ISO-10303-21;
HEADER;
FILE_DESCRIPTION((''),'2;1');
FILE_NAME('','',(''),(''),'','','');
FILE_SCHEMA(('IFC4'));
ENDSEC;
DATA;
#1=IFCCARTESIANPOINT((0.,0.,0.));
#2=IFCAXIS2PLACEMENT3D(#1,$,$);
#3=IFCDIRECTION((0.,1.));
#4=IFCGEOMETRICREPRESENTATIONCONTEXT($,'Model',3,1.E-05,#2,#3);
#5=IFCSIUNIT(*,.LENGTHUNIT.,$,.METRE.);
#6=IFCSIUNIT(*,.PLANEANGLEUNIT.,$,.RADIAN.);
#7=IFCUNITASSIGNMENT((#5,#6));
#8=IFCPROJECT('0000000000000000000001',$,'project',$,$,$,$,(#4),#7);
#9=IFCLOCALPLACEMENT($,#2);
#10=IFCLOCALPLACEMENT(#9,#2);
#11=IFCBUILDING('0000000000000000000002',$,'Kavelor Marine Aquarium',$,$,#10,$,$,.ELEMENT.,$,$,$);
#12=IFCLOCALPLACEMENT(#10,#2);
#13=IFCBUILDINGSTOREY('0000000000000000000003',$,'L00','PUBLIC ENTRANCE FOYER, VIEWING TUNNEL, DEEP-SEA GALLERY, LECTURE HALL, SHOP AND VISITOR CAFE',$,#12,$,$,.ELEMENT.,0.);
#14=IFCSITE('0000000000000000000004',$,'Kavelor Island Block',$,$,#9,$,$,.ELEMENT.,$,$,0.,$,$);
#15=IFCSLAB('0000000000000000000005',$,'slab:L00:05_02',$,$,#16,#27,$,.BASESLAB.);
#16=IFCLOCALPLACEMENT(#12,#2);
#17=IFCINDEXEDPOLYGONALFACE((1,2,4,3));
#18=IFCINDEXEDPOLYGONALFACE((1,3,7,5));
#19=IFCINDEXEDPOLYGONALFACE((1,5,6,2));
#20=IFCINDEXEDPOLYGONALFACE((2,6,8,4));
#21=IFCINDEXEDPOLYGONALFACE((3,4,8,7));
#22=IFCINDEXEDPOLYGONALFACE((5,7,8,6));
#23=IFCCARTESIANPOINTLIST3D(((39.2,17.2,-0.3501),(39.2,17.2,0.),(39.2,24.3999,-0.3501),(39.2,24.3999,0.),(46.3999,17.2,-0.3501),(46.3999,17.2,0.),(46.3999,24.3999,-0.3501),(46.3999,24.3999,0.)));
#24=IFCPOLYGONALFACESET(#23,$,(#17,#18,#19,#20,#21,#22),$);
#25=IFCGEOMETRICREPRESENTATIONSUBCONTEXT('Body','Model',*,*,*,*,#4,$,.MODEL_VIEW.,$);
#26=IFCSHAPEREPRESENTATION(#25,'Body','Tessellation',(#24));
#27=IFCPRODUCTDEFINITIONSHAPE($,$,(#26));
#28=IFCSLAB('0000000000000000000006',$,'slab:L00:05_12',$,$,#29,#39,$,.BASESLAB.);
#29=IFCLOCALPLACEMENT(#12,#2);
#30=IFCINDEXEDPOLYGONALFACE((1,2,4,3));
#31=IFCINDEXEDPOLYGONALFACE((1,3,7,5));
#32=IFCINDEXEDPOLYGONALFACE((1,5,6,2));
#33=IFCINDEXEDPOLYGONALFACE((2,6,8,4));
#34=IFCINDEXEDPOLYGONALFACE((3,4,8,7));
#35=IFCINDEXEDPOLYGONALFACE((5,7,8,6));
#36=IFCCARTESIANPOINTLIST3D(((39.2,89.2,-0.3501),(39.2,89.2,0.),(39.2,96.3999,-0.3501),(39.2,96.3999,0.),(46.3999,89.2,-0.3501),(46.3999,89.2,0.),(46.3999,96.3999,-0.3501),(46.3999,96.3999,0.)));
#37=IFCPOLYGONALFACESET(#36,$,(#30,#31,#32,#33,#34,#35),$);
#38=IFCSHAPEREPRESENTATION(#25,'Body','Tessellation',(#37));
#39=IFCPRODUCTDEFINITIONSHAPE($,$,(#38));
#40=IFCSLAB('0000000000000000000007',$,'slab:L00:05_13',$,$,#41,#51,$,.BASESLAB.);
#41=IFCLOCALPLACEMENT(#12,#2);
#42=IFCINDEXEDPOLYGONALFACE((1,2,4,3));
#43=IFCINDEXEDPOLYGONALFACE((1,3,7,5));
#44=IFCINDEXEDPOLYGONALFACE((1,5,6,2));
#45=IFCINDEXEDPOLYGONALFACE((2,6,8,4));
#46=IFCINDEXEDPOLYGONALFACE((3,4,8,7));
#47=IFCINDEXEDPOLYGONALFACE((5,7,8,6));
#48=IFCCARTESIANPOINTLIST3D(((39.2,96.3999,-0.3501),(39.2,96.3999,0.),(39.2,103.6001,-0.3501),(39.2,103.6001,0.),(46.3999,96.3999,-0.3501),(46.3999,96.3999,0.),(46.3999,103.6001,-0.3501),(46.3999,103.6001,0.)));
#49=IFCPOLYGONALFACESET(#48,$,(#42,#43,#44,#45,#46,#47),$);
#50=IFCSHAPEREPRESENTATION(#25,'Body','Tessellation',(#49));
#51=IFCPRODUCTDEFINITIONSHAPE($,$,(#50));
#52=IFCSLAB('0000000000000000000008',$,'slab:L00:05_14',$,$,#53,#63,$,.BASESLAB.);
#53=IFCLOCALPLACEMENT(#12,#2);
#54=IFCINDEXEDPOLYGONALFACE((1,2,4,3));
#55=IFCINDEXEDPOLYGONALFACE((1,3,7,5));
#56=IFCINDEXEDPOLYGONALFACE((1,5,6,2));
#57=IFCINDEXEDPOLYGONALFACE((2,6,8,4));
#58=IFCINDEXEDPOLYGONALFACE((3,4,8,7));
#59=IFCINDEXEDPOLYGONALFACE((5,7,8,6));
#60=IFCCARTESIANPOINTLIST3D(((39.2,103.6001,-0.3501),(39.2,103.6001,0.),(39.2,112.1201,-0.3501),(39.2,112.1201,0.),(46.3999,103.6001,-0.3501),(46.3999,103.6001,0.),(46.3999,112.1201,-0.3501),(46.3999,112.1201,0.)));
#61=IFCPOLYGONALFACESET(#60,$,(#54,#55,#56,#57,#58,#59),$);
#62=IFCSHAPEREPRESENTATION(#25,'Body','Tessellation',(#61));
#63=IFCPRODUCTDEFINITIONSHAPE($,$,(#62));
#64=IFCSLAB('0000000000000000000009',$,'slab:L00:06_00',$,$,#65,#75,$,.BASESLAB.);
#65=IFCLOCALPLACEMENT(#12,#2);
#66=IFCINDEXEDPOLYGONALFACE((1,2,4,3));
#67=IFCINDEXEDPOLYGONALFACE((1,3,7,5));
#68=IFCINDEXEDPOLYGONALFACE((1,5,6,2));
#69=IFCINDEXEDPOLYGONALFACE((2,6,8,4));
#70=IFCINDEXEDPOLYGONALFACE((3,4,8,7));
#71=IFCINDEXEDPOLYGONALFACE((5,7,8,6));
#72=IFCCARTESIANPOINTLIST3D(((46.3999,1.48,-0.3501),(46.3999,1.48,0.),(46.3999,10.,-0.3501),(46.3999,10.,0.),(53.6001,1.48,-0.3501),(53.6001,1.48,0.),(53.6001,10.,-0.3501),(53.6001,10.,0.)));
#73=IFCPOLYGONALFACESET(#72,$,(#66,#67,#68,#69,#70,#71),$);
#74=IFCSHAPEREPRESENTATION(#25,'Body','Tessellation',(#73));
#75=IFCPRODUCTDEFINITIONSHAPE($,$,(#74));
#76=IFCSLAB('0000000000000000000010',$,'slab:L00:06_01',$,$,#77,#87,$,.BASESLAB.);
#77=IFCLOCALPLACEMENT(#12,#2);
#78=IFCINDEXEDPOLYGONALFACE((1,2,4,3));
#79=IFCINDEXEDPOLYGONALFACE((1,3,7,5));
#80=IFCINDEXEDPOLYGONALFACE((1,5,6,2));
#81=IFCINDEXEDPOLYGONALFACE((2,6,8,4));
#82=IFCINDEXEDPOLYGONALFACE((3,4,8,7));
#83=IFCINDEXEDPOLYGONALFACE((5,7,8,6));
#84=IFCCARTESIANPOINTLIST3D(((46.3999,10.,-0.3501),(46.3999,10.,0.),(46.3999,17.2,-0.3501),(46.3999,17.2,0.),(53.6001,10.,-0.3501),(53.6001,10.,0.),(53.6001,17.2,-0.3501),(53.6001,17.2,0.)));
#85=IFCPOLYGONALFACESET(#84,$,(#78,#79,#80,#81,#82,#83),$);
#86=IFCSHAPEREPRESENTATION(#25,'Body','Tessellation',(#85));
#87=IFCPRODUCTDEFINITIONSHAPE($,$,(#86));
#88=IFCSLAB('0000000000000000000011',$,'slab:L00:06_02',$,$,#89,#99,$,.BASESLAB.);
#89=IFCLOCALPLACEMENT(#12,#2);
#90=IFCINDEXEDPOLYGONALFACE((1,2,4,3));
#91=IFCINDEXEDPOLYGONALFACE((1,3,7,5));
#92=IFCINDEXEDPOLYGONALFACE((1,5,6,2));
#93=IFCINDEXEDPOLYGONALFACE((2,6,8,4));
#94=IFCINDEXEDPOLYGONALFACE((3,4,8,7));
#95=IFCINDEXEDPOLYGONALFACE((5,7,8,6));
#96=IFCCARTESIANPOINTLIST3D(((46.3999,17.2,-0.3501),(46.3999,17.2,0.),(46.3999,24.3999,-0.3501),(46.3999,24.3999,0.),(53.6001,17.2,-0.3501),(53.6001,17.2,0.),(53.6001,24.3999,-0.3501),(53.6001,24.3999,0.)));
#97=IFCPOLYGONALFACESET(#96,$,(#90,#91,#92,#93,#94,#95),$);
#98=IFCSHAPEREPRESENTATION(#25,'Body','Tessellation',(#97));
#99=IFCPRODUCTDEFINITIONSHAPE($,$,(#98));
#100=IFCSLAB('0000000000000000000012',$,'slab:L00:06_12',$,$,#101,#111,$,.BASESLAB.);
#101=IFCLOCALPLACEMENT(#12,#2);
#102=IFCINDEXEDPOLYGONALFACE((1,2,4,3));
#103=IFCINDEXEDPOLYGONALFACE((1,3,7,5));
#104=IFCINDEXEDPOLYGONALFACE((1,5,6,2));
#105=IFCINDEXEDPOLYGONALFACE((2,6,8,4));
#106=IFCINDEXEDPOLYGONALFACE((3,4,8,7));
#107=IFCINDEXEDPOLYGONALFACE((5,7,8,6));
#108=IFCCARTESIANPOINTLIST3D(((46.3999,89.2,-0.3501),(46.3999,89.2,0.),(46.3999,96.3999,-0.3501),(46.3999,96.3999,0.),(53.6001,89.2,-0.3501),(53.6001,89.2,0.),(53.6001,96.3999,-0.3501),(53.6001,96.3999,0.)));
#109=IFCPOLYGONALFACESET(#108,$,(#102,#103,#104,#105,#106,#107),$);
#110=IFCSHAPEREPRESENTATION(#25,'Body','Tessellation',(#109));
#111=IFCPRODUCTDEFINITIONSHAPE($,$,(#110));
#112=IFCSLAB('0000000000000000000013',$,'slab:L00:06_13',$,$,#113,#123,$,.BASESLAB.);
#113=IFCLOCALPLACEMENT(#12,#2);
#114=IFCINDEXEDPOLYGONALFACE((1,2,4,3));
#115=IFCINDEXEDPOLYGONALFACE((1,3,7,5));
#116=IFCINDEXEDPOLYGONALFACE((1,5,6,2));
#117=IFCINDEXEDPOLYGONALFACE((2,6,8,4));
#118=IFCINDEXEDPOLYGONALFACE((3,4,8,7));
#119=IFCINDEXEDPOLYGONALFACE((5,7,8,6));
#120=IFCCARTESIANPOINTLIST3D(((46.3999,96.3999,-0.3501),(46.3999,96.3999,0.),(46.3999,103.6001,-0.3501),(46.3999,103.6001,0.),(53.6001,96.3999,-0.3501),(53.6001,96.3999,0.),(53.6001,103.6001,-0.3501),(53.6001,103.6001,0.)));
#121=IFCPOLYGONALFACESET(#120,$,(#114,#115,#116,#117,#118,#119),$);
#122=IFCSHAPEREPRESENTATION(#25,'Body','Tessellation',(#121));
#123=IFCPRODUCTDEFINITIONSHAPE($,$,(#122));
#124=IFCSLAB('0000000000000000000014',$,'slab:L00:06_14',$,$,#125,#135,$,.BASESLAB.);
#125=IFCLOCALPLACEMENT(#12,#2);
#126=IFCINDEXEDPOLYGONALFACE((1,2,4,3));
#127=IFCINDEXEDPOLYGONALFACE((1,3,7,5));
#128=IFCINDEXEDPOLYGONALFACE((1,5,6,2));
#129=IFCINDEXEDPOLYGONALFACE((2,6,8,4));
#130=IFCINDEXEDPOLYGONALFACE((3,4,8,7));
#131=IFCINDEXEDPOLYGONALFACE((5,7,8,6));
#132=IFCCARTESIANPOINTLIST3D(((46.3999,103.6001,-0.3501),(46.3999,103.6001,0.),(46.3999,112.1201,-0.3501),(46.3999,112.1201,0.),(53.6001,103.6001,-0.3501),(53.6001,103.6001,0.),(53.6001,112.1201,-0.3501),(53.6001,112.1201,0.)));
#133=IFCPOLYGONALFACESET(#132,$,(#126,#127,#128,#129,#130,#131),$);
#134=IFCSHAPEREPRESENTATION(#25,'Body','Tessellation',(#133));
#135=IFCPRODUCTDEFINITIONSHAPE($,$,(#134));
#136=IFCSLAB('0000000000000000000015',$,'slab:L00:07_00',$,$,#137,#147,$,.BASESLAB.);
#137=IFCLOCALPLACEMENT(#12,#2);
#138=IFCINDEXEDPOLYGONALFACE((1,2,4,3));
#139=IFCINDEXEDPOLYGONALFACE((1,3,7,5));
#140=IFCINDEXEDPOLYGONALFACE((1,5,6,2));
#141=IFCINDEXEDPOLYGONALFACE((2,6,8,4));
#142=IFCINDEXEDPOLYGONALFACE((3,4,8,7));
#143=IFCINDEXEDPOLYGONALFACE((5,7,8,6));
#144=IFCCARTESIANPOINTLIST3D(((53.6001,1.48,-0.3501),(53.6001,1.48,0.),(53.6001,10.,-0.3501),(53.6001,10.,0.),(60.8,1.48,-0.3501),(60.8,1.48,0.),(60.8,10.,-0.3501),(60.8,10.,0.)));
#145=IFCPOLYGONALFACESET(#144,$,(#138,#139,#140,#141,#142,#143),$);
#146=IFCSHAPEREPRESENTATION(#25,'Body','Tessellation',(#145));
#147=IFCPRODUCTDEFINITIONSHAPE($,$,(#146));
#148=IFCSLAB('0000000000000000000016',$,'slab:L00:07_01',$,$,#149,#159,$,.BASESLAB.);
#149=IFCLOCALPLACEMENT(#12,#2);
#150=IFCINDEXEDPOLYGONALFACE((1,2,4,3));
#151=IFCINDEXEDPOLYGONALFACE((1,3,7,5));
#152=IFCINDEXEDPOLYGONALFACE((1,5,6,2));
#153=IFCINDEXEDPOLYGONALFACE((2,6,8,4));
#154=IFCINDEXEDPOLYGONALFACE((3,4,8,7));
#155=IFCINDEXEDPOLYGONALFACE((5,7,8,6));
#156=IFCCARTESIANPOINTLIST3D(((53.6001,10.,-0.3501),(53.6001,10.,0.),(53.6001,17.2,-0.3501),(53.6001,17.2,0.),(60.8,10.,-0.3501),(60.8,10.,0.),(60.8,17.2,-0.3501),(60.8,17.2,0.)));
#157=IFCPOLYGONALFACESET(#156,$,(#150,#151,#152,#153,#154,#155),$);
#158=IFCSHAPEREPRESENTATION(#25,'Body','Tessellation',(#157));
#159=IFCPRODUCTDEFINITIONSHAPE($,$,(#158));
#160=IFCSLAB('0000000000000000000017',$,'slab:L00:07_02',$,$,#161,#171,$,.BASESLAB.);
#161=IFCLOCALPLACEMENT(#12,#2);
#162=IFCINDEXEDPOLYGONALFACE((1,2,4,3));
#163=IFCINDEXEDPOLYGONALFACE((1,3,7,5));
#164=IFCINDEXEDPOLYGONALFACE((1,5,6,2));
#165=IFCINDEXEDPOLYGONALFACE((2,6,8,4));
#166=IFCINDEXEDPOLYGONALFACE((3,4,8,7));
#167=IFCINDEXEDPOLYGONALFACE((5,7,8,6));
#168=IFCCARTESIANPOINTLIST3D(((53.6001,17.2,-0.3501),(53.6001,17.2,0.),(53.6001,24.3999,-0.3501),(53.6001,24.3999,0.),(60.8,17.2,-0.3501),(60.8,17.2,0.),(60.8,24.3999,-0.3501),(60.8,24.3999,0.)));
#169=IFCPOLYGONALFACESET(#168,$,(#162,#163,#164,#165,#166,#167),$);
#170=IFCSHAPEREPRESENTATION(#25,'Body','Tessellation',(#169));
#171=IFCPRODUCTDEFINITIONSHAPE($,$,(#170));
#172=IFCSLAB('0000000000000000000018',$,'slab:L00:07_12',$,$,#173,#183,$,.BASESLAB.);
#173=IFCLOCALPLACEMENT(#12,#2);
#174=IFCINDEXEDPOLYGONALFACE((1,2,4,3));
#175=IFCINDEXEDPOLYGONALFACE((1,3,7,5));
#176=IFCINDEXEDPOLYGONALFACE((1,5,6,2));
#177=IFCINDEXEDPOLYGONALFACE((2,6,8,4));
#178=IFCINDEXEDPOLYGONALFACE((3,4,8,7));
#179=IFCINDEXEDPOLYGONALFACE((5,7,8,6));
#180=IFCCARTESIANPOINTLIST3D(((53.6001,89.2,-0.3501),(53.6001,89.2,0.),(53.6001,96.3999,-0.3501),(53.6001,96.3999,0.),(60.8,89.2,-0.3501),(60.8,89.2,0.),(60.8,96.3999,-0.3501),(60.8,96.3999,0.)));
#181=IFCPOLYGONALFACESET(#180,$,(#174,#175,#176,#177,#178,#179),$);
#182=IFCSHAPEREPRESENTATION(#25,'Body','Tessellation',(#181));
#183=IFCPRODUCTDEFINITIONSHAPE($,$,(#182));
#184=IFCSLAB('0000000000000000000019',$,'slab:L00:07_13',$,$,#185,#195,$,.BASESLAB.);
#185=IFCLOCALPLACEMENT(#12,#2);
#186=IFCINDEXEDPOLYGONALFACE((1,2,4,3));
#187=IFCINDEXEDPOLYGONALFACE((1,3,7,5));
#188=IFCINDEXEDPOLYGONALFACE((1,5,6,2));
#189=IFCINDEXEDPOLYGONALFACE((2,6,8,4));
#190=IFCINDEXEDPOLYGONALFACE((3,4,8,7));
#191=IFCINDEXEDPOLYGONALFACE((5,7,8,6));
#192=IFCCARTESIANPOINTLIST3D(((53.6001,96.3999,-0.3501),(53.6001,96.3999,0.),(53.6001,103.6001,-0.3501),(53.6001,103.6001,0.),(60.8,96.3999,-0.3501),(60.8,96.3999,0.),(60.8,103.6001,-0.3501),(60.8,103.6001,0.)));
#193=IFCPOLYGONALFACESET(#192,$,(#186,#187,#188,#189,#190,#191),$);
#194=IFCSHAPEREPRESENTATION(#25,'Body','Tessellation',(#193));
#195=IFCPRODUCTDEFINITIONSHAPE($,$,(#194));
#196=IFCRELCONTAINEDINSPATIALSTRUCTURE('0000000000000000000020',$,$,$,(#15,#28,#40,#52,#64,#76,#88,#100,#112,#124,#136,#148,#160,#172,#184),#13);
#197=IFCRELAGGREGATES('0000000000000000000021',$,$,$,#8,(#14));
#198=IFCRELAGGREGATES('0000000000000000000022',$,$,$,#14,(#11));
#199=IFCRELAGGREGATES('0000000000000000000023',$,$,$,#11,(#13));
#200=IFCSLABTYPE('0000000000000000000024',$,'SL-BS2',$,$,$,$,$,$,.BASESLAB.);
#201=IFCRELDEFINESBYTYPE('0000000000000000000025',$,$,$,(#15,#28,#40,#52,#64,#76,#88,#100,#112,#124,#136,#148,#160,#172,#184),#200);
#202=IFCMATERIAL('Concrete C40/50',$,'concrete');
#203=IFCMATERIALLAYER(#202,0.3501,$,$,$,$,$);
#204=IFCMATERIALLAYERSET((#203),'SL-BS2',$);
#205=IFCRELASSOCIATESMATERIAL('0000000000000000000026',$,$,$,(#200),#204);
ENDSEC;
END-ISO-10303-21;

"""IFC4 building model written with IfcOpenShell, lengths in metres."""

from ifc_helpers import new_model, si_unit, direction, frame, origin, place, context, subcontext, project, spatial, polyline, outline, extrude, material, layer, layer_set, type_object, element, save


model = new_model("IFC4")

# Units and contexts
model_context = context("Model", 3, precision=1e-05, world=origin(), true_north=direction((0.0, 1.0)))
body_context = subcontext(model_context, "Body", "Model", "MODEL_VIEW")
ifc_project = project(units=[si_unit("LENGTHUNIT", "METRE"), si_unit("PLANEANGLEUNIT", "RADIAN")], contexts=[model_context])

# Site, building, storey
site_placement = place(None, origin())
site = spatial("IfcSite", under=ifc_project, at=site_placement, Name="Kavelor Island Block", CompositionType="ELEMENT", RefElevation=0.0)
building_placement = place(site_placement, origin())
building = spatial("IfcBuilding", under=site, at=building_placement, Name="Kavelor Marine Aquarium", CompositionType="ELEMENT")
storey_placement = place(building_placement, origin())
storey = spatial("IfcBuildingStorey", under=building, at=storey_placement, Name="L00", Description="PUBLIC ENTRANCE FOYER, VIEWING TUNNEL, DEEP-SEA GALLERY, LECTURE HALL, SHOP AND VISITOR CAFE", CompositionType="ELEMENT", Elevation=0.0)

# Slabs
ifc_material = material(Name="Concrete C40/50", Category="concrete")
ifc_layer = layer(ifc_material, 0.3501)
ifc_layer_set = layer_set([ifc_layer], Name="SL-BS2")
slab_type = type_object("IfcSlabType", Name="SL-BS2", PredefinedType="BASESLAB", material=ifc_layer_set)
slab_1_placement = place(storey_placement, frame((0.0, 0.0, -0.3501)))
element("IfcSlab", 1, at=slab_1_placement, inside=storey, type_object=slab_type, Name="slab:L00:05_02", PredefinedType="BASESLAB", context=body_context, shape_type="SweptSolid", body=[
    extrude(outline(polyline([(39.2, 17.2), (46.3999, 17.2), (46.3999, 24.3999), (39.2, 24.3999), (39.2, 17.2)])), origin(), (0.0, 0.0, 1.0), 0.3501),
])
slab_2_placement = place(storey_placement, frame((0.0, 0.0, -0.3501)))
element("IfcSlab", 2, at=slab_2_placement, inside=storey, type_object=slab_type, Name="slab:L00:05_12", PredefinedType="BASESLAB", context=body_context, shape_type="SweptSolid", body=[
    extrude(outline(polyline([(39.2, 89.2), (46.3999, 89.2), (46.3999, 96.3999), (39.2, 96.3999), (39.2, 89.2)])), origin(), (0.0, 0.0, 1.0), 0.3501),
])
slab_3_placement = place(storey_placement, frame((0.0, 0.0, -0.3501)))
element("IfcSlab", 3, at=slab_3_placement, inside=storey, type_object=slab_type, Name="slab:L00:05_13", PredefinedType="BASESLAB", context=body_context, shape_type="SweptSolid", body=[
    extrude(outline(polyline([(39.2, 96.3999), (46.3999, 96.3999), (46.3999, 103.6001), (39.2, 103.6001), (39.2, 96.3999)])), origin(), (0.0, 0.0, 1.0), 0.3501),
])
slab_4_placement = place(storey_placement, frame((0.0, 0.0, -0.3501)))
element("IfcSlab", 4, at=slab_4_placement, inside=storey, type_object=slab_type, Name="slab:L00:05_14", PredefinedType="BASESLAB", context=body_context, shape_type="SweptSolid", body=[
    extrude(outline(polyline([(39.2, 103.6001), (46.3999, 103.6001), (46.3999, 112.1201), (39.2, 112.1201), (39.2, 103.6001)])), origin(), (0.0, 0.0, 1.0), 0.3501),
])
slab_5_placement = place(storey_placement, frame((0.0, 0.0, -0.3501)))
element("IfcSlab", 5, at=slab_5_placement, inside=storey, type_object=slab_type, Name="slab:L00:06_00", PredefinedType="BASESLAB", context=body_context, shape_type="SweptSolid", body=[
    extrude(outline(polyline([(46.3999, 1.48), (53.6001, 1.48), (53.6001, 10.0), (46.3999, 10.0), (46.3999, 1.48)])), origin(), (0.0, 0.0, 1.0), 0.3501),
])
slab_6_placement = place(storey_placement, frame((0.0, 0.0, -0.3501)))
element("IfcSlab", 6, at=slab_6_placement, inside=storey, type_object=slab_type, Name="slab:L00:06_01", PredefinedType="BASESLAB", context=body_context, shape_type="SweptSolid", body=[
    extrude(outline(polyline([(46.3999, 10.0), (53.6001, 10.0), (53.6001, 17.2), (46.3999, 17.2), (46.3999, 10.0)])), origin(), (0.0, 0.0, 1.0), 0.3501),
])
slab_7_placement = place(storey_placement, frame((0.0, 0.0, -0.3501)))
element("IfcSlab", 7, at=slab_7_placement, inside=storey, type_object=slab_type, Name="slab:L00:06_02", PredefinedType="BASESLAB", context=body_context, shape_type="SweptSolid", body=[
    extrude(outline(polyline([(46.3999, 17.2), (53.6001, 17.2), (53.6001, 24.3999), (46.3999, 24.3999), (46.3999, 17.2)])), origin(), (0.0, 0.0, 1.0), 0.3501),
])
slab_8_placement = place(storey_placement, frame((0.0, 0.0, -0.3501)))
element("IfcSlab", 8, at=slab_8_placement, inside=storey, type_object=slab_type, Name="slab:L00:06_12", PredefinedType="BASESLAB", context=body_context, shape_type="SweptSolid", body=[
    extrude(outline(polyline([(46.3999, 89.2), (53.6001, 89.2), (53.6001, 96.3999), (46.3999, 96.3999), (46.3999, 89.2)])), origin(), (0.0, 0.0, 1.0), 0.3501),
])
slab_9_placement = place(storey_placement, frame((0.0, 0.0, -0.3501)))
element("IfcSlab", 9, at=slab_9_placement, inside=storey, type_object=slab_type, Name="slab:L00:06_13", PredefinedType="BASESLAB", context=body_context, shape_type="SweptSolid", body=[
    extrude(outline(polyline([(46.3999, 96.3999), (53.6001, 96.3999), (53.6001, 103.6001), (46.3999, 103.6001), (46.3999, 96.3999)])), origin(), (0.0, 0.0, 1.0), 0.3501),
])
slab_10_placement = place(storey_placement, frame((0.0, 0.0, -0.3501)))
element("IfcSlab", 10, at=slab_10_placement, inside=storey, type_object=slab_type, Name="slab:L00:06_14", PredefinedType="BASESLAB", context=body_context, shape_type="SweptSolid", body=[
    extrude(outline(polyline([(46.3999, 103.6001), (53.6001, 103.6001), (53.6001, 112.1201), (46.3999, 112.1201), (46.3999, 103.6001)])), origin(), (0.0, 0.0, 1.0), 0.3501),
])
slab_11_placement = place(storey_placement, frame((0.0, 0.0, -0.3501)))
element("IfcSlab", 11, at=slab_11_placement, inside=storey, type_object=slab_type, Name="slab:L00:07_00", PredefinedType="BASESLAB", context=body_context, shape_type="SweptSolid", body=[
    extrude(outline(polyline([(53.6001, 1.48), (60.8, 1.48), (60.8, 10.0), (53.6001, 10.0), (53.6001, 1.48)])), origin(), (0.0, 0.0, 1.0), 0.3501),
])
slab_12_placement = place(storey_placement, frame((0.0, 0.0, -0.3501)))
element("IfcSlab", 12, at=slab_12_placement, inside=storey, type_object=slab_type, Name="slab:L00:07_01", PredefinedType="BASESLAB", context=body_context, shape_type="SweptSolid", body=[
    extrude(outline(polyline([(53.6001, 10.0), (60.8, 10.0), (60.8, 17.2), (53.6001, 17.2), (53.6001, 10.0)])), origin(), (0.0, 0.0, 1.0), 0.3501),
])
slab_13_placement = place(storey_placement, frame((0.0, 0.0, -0.3501)))
element("IfcSlab", 13, at=slab_13_placement, inside=storey, type_object=slab_type, Name="slab:L00:07_02", PredefinedType="BASESLAB", context=body_context, shape_type="SweptSolid", body=[
    extrude(outline(polyline([(53.6001, 17.2), (60.8, 17.2), (60.8, 24.3999), (53.6001, 24.3999), (53.6001, 17.2)])), origin(), (0.0, 0.0, 1.0), 0.3501),
])
slab_14_placement = place(storey_placement, frame((0.0, 0.0, -0.3501)))
element("IfcSlab", 14, at=slab_14_placement, inside=storey, type_object=slab_type, Name="slab:L00:07_12", PredefinedType="BASESLAB", context=body_context, shape_type="SweptSolid", body=[
    extrude(outline(polyline([(53.6001, 89.2), (60.8, 89.2), (60.8, 96.3999), (53.6001, 96.3999), (53.6001, 89.2)])), origin(), (0.0, 0.0, 1.0), 0.3501),
])
slab_15_placement = place(storey_placement, frame((0.0, 0.0, -0.3501)))
element("IfcSlab", 15, at=slab_15_placement, inside=storey, type_object=slab_type, Name="slab:L00:07_13", PredefinedType="BASESLAB", context=body_context, shape_type="SweptSolid", body=[
    extrude(outline(polyline([(53.6001, 96.3999), (60.8, 96.3999), (60.8, 103.6001), (53.6001, 103.6001), (53.6001, 96.3999)])), origin(), (0.0, 0.0, 1.0), 0.3501),
])

save(model, "model.ifc")
